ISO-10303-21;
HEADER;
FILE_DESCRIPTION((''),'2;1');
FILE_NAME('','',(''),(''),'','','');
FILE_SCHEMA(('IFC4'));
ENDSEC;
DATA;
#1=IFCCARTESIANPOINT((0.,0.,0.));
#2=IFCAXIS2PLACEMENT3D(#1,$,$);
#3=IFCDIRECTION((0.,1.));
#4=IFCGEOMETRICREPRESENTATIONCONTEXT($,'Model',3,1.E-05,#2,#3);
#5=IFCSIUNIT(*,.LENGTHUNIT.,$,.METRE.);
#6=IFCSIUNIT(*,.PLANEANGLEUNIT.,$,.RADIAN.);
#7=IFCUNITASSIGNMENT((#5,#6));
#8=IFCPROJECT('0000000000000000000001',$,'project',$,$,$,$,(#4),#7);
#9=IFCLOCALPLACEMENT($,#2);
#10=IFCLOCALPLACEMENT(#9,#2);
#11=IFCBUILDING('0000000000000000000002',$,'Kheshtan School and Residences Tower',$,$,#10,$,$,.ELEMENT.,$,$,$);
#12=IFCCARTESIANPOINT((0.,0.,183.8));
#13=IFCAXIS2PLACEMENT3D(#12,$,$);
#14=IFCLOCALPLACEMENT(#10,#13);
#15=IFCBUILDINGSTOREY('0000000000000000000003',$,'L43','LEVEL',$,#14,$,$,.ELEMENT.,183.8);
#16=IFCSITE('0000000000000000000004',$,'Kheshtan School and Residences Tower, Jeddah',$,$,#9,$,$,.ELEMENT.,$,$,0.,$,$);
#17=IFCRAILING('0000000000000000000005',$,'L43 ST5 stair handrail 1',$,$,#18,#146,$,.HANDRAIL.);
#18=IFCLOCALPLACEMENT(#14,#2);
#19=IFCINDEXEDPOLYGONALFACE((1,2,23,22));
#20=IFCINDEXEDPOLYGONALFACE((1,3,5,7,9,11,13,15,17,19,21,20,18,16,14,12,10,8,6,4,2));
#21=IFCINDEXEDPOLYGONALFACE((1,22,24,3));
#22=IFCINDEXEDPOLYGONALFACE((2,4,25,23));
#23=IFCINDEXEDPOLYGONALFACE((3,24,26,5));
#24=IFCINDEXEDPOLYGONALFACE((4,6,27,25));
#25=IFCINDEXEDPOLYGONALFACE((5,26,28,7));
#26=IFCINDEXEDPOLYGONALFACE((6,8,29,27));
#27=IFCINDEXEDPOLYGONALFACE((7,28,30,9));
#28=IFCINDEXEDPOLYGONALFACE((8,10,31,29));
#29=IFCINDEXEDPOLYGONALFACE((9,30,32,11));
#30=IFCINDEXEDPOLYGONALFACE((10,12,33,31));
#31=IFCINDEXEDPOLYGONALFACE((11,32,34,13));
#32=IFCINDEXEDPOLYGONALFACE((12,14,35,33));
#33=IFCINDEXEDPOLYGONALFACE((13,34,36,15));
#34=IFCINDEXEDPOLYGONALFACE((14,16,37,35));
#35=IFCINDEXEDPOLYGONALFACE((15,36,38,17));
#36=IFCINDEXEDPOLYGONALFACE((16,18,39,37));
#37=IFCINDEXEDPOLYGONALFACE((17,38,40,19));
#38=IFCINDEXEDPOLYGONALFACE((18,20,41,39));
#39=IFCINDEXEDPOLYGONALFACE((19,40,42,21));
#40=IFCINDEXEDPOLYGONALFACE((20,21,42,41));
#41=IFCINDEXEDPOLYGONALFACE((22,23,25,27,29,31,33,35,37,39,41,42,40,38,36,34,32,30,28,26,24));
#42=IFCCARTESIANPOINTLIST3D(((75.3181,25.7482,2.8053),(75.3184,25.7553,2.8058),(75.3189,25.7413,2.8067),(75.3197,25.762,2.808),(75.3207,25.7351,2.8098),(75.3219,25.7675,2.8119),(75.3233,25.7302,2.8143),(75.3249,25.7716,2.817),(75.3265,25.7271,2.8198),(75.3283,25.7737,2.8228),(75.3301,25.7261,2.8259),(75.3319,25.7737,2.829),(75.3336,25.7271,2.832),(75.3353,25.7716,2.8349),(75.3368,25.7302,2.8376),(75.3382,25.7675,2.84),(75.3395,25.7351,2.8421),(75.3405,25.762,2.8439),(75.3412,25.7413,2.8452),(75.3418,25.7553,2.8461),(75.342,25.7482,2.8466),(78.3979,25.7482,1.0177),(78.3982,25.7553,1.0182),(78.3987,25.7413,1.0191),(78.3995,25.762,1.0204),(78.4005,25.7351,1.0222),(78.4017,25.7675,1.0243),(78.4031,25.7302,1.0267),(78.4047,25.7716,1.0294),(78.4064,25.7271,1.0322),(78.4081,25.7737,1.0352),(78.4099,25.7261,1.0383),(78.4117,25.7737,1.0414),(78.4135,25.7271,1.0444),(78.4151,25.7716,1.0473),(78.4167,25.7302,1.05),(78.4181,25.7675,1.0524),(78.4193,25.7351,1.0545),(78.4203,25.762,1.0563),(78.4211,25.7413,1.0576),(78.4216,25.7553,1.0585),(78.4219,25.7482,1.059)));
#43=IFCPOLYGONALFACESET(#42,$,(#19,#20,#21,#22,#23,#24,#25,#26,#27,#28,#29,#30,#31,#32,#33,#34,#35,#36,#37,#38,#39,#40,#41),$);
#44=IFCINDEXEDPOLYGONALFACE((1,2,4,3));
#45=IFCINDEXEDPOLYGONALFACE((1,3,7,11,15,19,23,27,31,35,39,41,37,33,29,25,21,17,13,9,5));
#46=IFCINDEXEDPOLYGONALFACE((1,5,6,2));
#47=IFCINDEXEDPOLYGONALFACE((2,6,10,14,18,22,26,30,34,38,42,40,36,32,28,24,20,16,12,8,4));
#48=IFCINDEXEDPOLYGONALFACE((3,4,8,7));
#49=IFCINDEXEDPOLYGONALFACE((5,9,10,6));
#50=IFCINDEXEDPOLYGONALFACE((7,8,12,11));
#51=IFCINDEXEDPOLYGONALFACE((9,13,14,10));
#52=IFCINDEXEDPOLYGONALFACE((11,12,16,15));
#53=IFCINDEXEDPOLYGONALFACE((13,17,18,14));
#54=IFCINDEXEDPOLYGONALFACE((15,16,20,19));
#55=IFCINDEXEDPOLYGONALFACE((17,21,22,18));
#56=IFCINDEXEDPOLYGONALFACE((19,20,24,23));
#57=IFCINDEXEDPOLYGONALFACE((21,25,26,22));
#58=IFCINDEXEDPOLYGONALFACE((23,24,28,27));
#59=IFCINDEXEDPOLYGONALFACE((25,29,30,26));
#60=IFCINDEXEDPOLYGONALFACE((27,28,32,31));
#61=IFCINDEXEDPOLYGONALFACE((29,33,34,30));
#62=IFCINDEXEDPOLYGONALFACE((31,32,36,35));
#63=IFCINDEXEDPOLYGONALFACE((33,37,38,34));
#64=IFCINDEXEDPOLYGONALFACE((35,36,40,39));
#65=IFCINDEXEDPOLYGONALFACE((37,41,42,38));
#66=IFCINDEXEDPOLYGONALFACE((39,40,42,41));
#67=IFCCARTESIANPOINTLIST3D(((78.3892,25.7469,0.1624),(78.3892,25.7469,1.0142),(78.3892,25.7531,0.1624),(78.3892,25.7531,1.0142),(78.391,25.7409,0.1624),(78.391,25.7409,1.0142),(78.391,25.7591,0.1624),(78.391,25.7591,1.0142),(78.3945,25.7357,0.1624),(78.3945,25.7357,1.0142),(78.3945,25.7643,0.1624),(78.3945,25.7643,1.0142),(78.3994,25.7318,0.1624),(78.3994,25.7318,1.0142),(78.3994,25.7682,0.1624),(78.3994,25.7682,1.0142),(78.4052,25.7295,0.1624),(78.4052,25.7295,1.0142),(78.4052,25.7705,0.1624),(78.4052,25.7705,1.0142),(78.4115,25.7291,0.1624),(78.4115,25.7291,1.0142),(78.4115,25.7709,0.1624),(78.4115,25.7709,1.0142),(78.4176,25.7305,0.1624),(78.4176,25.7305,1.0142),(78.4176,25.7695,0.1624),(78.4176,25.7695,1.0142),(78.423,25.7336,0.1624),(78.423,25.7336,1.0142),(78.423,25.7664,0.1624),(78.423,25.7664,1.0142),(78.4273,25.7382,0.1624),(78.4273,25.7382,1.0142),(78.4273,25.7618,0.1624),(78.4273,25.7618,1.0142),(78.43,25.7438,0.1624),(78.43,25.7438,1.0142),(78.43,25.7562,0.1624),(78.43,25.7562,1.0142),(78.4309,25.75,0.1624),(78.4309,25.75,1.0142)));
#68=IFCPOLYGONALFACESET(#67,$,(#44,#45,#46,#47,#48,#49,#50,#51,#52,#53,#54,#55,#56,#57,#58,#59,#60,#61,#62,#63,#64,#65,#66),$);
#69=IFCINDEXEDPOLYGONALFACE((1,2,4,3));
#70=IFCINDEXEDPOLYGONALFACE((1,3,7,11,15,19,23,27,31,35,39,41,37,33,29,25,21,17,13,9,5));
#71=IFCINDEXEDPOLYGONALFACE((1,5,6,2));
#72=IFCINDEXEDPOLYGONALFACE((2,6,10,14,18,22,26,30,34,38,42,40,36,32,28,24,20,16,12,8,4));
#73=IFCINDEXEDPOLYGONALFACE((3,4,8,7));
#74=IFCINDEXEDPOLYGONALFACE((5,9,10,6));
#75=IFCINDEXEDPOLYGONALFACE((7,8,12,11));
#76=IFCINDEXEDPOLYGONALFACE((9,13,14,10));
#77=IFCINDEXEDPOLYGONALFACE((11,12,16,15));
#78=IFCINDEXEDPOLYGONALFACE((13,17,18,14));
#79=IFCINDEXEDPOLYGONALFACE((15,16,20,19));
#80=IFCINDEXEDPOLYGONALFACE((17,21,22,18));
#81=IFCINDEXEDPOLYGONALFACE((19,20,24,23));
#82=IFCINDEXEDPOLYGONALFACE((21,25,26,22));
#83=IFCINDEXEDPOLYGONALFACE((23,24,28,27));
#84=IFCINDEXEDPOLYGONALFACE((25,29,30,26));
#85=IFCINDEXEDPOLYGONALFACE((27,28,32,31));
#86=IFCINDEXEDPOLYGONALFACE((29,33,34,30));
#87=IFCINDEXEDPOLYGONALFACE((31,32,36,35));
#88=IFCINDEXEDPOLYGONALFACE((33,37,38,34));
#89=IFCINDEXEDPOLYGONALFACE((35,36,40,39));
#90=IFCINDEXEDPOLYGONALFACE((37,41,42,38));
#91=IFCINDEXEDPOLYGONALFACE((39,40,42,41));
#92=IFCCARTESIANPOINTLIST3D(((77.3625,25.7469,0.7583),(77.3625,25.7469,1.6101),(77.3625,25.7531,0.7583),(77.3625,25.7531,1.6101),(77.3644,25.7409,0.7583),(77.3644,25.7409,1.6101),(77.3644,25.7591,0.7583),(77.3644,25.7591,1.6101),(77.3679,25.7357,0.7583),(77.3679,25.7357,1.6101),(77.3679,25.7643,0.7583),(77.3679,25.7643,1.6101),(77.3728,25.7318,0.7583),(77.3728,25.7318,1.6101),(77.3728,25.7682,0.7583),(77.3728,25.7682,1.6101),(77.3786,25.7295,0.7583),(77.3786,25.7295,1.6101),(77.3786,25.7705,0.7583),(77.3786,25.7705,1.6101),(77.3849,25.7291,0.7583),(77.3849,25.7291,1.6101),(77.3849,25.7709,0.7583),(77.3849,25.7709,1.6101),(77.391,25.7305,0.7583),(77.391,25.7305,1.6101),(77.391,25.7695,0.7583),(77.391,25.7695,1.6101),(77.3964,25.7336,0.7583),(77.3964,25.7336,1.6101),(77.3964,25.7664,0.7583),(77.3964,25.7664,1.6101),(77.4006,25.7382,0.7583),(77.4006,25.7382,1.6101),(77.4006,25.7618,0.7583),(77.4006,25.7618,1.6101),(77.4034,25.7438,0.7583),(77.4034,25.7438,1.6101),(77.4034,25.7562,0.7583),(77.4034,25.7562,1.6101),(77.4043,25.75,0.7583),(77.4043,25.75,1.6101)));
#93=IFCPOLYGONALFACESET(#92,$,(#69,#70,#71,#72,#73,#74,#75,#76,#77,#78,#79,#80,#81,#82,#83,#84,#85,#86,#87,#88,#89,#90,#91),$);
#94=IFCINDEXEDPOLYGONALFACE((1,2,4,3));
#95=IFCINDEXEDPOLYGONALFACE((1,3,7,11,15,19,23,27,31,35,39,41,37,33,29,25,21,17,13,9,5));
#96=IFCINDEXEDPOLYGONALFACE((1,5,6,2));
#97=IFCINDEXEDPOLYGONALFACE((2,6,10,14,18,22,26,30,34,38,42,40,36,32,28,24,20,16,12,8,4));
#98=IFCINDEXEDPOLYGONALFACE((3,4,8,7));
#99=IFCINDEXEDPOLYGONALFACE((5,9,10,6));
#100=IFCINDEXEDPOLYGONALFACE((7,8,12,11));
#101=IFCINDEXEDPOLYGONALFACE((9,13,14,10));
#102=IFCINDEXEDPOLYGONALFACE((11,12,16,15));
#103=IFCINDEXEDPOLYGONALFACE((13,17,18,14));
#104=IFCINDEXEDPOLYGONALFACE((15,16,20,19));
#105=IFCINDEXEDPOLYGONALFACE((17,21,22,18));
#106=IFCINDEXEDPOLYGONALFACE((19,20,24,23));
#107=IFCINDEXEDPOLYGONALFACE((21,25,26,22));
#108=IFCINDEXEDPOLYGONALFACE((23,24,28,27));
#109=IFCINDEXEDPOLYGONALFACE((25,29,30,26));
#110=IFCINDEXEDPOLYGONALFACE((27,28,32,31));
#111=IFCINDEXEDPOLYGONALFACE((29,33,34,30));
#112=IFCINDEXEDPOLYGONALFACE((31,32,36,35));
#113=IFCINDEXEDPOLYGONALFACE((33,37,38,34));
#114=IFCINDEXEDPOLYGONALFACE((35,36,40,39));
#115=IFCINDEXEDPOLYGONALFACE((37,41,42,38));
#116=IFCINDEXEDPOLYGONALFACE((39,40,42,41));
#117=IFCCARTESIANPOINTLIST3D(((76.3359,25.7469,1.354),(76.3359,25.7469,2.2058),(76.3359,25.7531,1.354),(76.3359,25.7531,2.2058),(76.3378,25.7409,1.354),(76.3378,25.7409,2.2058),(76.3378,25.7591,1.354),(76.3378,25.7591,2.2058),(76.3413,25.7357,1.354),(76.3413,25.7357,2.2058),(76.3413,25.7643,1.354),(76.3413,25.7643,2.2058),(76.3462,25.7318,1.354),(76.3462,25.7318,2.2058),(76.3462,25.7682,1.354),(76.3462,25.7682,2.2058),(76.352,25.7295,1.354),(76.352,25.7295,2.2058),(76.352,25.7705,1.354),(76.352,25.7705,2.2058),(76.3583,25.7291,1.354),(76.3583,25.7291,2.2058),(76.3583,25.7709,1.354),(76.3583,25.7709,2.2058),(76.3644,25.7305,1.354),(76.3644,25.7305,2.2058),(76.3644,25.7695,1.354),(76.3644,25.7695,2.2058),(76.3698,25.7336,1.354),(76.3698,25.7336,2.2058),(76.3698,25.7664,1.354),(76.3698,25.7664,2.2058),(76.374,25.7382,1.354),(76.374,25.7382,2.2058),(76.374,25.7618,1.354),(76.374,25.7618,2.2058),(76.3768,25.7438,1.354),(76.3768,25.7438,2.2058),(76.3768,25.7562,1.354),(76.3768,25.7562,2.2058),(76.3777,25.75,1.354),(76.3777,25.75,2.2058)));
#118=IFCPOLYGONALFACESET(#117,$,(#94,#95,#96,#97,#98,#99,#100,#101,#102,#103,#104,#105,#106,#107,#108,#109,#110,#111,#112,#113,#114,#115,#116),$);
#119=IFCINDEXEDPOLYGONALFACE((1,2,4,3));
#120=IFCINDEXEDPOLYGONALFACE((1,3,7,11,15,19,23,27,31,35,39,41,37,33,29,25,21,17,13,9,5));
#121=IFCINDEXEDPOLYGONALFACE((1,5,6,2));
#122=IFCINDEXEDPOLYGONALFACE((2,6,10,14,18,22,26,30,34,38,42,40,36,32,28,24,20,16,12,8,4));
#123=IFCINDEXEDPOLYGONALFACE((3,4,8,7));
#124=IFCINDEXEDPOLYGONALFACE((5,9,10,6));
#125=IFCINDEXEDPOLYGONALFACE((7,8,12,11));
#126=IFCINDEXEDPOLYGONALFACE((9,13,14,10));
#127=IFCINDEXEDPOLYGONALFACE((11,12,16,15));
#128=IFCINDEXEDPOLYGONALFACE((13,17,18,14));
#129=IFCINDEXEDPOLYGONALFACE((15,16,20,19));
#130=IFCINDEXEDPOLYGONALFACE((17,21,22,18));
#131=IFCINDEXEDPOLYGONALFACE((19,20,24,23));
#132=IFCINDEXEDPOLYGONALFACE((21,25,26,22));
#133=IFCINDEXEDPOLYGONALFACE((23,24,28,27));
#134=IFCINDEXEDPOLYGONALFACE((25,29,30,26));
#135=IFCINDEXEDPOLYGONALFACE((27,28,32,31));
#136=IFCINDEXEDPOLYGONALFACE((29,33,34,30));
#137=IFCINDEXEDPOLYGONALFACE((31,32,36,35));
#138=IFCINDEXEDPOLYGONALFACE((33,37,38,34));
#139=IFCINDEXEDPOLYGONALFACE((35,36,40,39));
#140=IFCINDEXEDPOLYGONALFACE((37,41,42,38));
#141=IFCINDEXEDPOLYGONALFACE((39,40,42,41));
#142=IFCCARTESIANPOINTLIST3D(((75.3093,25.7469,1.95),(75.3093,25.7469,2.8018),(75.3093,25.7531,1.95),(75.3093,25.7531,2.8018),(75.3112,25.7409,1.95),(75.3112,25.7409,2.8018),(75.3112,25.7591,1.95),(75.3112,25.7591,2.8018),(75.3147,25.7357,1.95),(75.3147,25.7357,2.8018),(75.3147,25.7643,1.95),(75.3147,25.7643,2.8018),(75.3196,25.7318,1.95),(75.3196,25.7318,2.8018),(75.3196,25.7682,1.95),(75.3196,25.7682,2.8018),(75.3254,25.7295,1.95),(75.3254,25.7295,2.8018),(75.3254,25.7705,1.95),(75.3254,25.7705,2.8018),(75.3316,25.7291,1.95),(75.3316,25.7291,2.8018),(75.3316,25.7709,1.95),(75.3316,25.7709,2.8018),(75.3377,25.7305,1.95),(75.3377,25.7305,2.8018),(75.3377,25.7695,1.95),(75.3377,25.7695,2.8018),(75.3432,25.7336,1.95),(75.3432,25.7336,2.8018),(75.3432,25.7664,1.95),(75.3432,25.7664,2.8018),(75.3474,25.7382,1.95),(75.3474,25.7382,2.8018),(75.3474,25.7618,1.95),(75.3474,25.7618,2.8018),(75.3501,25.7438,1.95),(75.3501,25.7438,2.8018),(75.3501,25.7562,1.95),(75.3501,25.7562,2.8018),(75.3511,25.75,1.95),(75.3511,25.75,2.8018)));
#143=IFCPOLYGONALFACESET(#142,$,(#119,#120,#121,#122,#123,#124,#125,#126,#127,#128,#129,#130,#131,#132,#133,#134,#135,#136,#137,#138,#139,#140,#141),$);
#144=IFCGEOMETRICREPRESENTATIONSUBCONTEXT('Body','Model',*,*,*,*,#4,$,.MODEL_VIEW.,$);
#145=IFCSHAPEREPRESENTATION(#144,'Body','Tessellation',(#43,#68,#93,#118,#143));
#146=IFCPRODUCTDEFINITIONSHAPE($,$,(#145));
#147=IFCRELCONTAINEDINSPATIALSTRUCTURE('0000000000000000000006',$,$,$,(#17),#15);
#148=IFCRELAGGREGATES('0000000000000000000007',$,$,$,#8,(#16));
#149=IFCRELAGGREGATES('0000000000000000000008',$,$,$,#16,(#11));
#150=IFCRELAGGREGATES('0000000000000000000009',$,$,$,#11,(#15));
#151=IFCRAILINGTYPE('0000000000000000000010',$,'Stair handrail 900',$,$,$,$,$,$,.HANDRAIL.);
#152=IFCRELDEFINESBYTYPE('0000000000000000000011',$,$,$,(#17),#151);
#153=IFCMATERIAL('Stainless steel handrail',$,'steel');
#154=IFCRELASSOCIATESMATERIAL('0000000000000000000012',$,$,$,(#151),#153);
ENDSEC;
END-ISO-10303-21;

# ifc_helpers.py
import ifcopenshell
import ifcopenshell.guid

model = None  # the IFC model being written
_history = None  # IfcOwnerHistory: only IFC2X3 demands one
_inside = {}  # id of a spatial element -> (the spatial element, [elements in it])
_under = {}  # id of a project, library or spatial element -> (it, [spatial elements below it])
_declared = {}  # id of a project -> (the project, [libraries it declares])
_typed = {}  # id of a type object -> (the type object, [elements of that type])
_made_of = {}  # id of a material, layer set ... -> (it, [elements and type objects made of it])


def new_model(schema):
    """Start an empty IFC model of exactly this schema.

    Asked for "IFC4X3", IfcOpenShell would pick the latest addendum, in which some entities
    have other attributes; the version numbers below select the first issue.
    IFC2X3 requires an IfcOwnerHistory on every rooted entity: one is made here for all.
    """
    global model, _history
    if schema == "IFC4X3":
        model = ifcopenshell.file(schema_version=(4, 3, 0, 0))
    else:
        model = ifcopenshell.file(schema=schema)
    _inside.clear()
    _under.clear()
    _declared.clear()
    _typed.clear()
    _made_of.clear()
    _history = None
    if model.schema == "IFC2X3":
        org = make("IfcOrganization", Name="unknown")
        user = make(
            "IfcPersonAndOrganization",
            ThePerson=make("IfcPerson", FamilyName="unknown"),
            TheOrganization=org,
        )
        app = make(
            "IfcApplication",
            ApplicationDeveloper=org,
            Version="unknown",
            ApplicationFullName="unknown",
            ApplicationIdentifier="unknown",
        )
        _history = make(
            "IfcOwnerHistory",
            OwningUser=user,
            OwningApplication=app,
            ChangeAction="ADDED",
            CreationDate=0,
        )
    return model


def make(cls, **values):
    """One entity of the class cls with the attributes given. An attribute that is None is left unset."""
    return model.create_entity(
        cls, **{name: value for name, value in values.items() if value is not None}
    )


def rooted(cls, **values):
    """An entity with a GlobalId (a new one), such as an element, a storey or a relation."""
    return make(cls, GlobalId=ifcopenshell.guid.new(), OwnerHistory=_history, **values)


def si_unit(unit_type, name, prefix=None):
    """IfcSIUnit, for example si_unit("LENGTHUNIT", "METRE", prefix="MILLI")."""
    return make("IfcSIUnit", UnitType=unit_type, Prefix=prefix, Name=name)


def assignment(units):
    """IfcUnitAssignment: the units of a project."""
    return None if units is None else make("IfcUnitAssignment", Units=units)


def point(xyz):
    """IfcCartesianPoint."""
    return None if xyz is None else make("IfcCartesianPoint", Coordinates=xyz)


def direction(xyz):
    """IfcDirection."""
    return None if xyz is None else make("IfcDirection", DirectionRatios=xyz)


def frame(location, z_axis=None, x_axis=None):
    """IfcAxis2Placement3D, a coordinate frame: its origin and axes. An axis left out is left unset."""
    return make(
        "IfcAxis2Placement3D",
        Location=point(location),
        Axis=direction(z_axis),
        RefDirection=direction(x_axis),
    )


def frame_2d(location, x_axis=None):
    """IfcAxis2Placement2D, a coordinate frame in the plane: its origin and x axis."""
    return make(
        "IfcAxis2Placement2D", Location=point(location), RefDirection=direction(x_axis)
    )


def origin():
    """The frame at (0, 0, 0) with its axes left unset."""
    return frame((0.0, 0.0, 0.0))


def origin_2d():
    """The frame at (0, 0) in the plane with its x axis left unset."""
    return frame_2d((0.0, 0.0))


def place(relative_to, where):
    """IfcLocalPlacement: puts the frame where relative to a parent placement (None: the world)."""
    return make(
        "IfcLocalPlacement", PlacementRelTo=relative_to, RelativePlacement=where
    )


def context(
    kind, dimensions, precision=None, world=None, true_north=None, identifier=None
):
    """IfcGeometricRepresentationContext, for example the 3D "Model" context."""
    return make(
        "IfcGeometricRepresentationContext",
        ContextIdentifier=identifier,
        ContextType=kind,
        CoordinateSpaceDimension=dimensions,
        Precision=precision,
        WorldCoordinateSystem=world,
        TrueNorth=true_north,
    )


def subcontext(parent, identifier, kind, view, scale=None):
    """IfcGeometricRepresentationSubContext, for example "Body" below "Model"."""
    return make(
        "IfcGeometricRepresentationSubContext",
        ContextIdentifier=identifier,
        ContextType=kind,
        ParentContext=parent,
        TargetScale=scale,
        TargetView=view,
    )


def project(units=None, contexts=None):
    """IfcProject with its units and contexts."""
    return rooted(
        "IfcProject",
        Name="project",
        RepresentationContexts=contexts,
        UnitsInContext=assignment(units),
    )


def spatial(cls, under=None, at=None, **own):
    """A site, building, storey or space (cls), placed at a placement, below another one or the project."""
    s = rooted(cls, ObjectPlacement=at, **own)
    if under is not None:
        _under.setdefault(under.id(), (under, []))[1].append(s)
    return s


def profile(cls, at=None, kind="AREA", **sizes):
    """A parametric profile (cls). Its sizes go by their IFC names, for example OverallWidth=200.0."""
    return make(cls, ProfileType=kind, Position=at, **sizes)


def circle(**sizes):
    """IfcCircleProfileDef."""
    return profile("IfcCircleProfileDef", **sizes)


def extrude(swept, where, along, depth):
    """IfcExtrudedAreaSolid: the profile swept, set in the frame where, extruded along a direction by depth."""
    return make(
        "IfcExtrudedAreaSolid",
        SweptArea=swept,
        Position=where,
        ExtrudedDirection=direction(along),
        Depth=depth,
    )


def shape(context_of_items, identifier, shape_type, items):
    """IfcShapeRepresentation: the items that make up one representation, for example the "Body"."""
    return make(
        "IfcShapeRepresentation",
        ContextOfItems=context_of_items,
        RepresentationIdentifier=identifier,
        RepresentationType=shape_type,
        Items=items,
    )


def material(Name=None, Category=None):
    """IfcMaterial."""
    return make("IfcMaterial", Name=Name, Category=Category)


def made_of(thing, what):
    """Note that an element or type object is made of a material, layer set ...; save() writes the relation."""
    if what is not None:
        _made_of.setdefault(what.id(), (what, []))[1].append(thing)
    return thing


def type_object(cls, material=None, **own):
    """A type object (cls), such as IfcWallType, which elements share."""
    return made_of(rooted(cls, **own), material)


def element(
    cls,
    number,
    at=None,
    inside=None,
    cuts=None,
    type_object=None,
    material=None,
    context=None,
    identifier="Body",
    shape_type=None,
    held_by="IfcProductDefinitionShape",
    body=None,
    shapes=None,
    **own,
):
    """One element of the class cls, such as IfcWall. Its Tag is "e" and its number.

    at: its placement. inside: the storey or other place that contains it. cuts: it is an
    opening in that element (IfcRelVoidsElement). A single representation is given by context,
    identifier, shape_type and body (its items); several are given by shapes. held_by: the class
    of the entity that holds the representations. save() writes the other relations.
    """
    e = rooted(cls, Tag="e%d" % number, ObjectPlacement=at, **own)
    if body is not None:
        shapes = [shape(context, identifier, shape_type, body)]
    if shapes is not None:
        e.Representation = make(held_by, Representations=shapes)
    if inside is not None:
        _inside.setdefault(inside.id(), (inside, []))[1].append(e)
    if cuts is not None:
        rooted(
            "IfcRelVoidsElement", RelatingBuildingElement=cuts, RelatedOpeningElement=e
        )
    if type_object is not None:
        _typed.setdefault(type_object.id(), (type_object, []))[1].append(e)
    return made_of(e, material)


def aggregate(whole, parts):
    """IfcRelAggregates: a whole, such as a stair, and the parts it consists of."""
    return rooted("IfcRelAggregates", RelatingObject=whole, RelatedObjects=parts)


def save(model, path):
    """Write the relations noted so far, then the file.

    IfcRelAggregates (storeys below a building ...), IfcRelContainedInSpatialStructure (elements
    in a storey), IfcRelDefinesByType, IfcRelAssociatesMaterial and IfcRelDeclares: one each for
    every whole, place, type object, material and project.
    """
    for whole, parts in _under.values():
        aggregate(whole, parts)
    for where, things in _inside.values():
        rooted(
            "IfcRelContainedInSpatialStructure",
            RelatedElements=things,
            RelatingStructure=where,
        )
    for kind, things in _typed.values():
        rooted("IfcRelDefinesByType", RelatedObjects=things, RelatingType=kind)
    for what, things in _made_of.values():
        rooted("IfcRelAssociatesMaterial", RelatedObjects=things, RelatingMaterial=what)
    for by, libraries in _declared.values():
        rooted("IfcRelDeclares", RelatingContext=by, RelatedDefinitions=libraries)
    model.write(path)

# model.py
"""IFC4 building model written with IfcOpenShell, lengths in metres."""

from ifc_helpers import new_model, si_unit, direction, frame, origin, origin_2d, place, context, subcontext, project, spatial, circle, extrude, material, type_object, element, save


model = new_model("IFC4")

# Units and contexts
model_context = context("Model", 3, precision=1e-05, world=origin(), true_north=direction((0.0, 1.0)))
body_context = subcontext(model_context, "Body", "Model", "MODEL_VIEW")
ifc_project = project(units=[si_unit("LENGTHUNIT", "METRE"), si_unit("PLANEANGLEUNIT", "RADIAN")], contexts=[model_context])

# Site, building, storey
site_placement = place(None, origin())
site = spatial("IfcSite", under=ifc_project, at=site_placement, Name="Kheshtan School and Residences Tower, Jeddah", CompositionType="ELEMENT", RefElevation=0.0)
building_placement = place(site_placement, origin())
building = spatial("IfcBuilding", under=site, at=building_placement, Name="Kheshtan School and Residences Tower", CompositionType="ELEMENT")
storey_placement = place(building_placement, frame((0.0, 0.0, 183.8)))
storey = spatial("IfcBuildingStorey", under=building, at=storey_placement, Name="L43", Description="LEVEL", CompositionType="ELEMENT", Elevation=183.8)

# Railing
ifc_material_1 = material(Name="Stainless steel handrail", Category="steel")
railing_type_1 = type_object("IfcRailingType", Name="Stair handrail 900", PredefinedType="HANDRAIL", material=ifc_material_1)
railing_1_placement = place(storey_placement, frame((78.4099, 25.75, 0.1624)))
element("IfcRailing", 1, at=railing_1_placement, inside=storey, type_object=railing_type_1, Name="L43 ST5 stair handrail 1", PredefinedType="HANDRAIL", context=body_context, shape_type="SweptSolid", body=[
    extrude(circle(Radius=0.0239, at=origin_2d()), frame((0.0, 0.0, 0.876), z_axis=(-0.864873, 0.0, 0.50199), x_axis=(0.0, -1.0, 0.0)), (0.0, 0.0, 1.0), 3.561),
    extrude(circle(Radius=0.021, at=origin_2d()), origin(), (0.0, 0.0, 1.0), 0.8518),
    extrude(circle(Radius=0.021, at=origin_2d()), frame((-1.0266, 0.0, 0.5959)), (0.0, 0.0, 1.0), 0.8518),
    extrude(circle(Radius=0.021, at=origin_2d()), frame((-2.0532, 0.0, 1.1917)), (0.0, 0.0, 1.0), 0.8518),
    extrude(circle(Radius=0.021, at=origin_2d()), frame((-3.0798, 0.0, 1.7876)), (0.0, 0.0, 1.0), 0.8518),
])

save(model, "model.ifc")
